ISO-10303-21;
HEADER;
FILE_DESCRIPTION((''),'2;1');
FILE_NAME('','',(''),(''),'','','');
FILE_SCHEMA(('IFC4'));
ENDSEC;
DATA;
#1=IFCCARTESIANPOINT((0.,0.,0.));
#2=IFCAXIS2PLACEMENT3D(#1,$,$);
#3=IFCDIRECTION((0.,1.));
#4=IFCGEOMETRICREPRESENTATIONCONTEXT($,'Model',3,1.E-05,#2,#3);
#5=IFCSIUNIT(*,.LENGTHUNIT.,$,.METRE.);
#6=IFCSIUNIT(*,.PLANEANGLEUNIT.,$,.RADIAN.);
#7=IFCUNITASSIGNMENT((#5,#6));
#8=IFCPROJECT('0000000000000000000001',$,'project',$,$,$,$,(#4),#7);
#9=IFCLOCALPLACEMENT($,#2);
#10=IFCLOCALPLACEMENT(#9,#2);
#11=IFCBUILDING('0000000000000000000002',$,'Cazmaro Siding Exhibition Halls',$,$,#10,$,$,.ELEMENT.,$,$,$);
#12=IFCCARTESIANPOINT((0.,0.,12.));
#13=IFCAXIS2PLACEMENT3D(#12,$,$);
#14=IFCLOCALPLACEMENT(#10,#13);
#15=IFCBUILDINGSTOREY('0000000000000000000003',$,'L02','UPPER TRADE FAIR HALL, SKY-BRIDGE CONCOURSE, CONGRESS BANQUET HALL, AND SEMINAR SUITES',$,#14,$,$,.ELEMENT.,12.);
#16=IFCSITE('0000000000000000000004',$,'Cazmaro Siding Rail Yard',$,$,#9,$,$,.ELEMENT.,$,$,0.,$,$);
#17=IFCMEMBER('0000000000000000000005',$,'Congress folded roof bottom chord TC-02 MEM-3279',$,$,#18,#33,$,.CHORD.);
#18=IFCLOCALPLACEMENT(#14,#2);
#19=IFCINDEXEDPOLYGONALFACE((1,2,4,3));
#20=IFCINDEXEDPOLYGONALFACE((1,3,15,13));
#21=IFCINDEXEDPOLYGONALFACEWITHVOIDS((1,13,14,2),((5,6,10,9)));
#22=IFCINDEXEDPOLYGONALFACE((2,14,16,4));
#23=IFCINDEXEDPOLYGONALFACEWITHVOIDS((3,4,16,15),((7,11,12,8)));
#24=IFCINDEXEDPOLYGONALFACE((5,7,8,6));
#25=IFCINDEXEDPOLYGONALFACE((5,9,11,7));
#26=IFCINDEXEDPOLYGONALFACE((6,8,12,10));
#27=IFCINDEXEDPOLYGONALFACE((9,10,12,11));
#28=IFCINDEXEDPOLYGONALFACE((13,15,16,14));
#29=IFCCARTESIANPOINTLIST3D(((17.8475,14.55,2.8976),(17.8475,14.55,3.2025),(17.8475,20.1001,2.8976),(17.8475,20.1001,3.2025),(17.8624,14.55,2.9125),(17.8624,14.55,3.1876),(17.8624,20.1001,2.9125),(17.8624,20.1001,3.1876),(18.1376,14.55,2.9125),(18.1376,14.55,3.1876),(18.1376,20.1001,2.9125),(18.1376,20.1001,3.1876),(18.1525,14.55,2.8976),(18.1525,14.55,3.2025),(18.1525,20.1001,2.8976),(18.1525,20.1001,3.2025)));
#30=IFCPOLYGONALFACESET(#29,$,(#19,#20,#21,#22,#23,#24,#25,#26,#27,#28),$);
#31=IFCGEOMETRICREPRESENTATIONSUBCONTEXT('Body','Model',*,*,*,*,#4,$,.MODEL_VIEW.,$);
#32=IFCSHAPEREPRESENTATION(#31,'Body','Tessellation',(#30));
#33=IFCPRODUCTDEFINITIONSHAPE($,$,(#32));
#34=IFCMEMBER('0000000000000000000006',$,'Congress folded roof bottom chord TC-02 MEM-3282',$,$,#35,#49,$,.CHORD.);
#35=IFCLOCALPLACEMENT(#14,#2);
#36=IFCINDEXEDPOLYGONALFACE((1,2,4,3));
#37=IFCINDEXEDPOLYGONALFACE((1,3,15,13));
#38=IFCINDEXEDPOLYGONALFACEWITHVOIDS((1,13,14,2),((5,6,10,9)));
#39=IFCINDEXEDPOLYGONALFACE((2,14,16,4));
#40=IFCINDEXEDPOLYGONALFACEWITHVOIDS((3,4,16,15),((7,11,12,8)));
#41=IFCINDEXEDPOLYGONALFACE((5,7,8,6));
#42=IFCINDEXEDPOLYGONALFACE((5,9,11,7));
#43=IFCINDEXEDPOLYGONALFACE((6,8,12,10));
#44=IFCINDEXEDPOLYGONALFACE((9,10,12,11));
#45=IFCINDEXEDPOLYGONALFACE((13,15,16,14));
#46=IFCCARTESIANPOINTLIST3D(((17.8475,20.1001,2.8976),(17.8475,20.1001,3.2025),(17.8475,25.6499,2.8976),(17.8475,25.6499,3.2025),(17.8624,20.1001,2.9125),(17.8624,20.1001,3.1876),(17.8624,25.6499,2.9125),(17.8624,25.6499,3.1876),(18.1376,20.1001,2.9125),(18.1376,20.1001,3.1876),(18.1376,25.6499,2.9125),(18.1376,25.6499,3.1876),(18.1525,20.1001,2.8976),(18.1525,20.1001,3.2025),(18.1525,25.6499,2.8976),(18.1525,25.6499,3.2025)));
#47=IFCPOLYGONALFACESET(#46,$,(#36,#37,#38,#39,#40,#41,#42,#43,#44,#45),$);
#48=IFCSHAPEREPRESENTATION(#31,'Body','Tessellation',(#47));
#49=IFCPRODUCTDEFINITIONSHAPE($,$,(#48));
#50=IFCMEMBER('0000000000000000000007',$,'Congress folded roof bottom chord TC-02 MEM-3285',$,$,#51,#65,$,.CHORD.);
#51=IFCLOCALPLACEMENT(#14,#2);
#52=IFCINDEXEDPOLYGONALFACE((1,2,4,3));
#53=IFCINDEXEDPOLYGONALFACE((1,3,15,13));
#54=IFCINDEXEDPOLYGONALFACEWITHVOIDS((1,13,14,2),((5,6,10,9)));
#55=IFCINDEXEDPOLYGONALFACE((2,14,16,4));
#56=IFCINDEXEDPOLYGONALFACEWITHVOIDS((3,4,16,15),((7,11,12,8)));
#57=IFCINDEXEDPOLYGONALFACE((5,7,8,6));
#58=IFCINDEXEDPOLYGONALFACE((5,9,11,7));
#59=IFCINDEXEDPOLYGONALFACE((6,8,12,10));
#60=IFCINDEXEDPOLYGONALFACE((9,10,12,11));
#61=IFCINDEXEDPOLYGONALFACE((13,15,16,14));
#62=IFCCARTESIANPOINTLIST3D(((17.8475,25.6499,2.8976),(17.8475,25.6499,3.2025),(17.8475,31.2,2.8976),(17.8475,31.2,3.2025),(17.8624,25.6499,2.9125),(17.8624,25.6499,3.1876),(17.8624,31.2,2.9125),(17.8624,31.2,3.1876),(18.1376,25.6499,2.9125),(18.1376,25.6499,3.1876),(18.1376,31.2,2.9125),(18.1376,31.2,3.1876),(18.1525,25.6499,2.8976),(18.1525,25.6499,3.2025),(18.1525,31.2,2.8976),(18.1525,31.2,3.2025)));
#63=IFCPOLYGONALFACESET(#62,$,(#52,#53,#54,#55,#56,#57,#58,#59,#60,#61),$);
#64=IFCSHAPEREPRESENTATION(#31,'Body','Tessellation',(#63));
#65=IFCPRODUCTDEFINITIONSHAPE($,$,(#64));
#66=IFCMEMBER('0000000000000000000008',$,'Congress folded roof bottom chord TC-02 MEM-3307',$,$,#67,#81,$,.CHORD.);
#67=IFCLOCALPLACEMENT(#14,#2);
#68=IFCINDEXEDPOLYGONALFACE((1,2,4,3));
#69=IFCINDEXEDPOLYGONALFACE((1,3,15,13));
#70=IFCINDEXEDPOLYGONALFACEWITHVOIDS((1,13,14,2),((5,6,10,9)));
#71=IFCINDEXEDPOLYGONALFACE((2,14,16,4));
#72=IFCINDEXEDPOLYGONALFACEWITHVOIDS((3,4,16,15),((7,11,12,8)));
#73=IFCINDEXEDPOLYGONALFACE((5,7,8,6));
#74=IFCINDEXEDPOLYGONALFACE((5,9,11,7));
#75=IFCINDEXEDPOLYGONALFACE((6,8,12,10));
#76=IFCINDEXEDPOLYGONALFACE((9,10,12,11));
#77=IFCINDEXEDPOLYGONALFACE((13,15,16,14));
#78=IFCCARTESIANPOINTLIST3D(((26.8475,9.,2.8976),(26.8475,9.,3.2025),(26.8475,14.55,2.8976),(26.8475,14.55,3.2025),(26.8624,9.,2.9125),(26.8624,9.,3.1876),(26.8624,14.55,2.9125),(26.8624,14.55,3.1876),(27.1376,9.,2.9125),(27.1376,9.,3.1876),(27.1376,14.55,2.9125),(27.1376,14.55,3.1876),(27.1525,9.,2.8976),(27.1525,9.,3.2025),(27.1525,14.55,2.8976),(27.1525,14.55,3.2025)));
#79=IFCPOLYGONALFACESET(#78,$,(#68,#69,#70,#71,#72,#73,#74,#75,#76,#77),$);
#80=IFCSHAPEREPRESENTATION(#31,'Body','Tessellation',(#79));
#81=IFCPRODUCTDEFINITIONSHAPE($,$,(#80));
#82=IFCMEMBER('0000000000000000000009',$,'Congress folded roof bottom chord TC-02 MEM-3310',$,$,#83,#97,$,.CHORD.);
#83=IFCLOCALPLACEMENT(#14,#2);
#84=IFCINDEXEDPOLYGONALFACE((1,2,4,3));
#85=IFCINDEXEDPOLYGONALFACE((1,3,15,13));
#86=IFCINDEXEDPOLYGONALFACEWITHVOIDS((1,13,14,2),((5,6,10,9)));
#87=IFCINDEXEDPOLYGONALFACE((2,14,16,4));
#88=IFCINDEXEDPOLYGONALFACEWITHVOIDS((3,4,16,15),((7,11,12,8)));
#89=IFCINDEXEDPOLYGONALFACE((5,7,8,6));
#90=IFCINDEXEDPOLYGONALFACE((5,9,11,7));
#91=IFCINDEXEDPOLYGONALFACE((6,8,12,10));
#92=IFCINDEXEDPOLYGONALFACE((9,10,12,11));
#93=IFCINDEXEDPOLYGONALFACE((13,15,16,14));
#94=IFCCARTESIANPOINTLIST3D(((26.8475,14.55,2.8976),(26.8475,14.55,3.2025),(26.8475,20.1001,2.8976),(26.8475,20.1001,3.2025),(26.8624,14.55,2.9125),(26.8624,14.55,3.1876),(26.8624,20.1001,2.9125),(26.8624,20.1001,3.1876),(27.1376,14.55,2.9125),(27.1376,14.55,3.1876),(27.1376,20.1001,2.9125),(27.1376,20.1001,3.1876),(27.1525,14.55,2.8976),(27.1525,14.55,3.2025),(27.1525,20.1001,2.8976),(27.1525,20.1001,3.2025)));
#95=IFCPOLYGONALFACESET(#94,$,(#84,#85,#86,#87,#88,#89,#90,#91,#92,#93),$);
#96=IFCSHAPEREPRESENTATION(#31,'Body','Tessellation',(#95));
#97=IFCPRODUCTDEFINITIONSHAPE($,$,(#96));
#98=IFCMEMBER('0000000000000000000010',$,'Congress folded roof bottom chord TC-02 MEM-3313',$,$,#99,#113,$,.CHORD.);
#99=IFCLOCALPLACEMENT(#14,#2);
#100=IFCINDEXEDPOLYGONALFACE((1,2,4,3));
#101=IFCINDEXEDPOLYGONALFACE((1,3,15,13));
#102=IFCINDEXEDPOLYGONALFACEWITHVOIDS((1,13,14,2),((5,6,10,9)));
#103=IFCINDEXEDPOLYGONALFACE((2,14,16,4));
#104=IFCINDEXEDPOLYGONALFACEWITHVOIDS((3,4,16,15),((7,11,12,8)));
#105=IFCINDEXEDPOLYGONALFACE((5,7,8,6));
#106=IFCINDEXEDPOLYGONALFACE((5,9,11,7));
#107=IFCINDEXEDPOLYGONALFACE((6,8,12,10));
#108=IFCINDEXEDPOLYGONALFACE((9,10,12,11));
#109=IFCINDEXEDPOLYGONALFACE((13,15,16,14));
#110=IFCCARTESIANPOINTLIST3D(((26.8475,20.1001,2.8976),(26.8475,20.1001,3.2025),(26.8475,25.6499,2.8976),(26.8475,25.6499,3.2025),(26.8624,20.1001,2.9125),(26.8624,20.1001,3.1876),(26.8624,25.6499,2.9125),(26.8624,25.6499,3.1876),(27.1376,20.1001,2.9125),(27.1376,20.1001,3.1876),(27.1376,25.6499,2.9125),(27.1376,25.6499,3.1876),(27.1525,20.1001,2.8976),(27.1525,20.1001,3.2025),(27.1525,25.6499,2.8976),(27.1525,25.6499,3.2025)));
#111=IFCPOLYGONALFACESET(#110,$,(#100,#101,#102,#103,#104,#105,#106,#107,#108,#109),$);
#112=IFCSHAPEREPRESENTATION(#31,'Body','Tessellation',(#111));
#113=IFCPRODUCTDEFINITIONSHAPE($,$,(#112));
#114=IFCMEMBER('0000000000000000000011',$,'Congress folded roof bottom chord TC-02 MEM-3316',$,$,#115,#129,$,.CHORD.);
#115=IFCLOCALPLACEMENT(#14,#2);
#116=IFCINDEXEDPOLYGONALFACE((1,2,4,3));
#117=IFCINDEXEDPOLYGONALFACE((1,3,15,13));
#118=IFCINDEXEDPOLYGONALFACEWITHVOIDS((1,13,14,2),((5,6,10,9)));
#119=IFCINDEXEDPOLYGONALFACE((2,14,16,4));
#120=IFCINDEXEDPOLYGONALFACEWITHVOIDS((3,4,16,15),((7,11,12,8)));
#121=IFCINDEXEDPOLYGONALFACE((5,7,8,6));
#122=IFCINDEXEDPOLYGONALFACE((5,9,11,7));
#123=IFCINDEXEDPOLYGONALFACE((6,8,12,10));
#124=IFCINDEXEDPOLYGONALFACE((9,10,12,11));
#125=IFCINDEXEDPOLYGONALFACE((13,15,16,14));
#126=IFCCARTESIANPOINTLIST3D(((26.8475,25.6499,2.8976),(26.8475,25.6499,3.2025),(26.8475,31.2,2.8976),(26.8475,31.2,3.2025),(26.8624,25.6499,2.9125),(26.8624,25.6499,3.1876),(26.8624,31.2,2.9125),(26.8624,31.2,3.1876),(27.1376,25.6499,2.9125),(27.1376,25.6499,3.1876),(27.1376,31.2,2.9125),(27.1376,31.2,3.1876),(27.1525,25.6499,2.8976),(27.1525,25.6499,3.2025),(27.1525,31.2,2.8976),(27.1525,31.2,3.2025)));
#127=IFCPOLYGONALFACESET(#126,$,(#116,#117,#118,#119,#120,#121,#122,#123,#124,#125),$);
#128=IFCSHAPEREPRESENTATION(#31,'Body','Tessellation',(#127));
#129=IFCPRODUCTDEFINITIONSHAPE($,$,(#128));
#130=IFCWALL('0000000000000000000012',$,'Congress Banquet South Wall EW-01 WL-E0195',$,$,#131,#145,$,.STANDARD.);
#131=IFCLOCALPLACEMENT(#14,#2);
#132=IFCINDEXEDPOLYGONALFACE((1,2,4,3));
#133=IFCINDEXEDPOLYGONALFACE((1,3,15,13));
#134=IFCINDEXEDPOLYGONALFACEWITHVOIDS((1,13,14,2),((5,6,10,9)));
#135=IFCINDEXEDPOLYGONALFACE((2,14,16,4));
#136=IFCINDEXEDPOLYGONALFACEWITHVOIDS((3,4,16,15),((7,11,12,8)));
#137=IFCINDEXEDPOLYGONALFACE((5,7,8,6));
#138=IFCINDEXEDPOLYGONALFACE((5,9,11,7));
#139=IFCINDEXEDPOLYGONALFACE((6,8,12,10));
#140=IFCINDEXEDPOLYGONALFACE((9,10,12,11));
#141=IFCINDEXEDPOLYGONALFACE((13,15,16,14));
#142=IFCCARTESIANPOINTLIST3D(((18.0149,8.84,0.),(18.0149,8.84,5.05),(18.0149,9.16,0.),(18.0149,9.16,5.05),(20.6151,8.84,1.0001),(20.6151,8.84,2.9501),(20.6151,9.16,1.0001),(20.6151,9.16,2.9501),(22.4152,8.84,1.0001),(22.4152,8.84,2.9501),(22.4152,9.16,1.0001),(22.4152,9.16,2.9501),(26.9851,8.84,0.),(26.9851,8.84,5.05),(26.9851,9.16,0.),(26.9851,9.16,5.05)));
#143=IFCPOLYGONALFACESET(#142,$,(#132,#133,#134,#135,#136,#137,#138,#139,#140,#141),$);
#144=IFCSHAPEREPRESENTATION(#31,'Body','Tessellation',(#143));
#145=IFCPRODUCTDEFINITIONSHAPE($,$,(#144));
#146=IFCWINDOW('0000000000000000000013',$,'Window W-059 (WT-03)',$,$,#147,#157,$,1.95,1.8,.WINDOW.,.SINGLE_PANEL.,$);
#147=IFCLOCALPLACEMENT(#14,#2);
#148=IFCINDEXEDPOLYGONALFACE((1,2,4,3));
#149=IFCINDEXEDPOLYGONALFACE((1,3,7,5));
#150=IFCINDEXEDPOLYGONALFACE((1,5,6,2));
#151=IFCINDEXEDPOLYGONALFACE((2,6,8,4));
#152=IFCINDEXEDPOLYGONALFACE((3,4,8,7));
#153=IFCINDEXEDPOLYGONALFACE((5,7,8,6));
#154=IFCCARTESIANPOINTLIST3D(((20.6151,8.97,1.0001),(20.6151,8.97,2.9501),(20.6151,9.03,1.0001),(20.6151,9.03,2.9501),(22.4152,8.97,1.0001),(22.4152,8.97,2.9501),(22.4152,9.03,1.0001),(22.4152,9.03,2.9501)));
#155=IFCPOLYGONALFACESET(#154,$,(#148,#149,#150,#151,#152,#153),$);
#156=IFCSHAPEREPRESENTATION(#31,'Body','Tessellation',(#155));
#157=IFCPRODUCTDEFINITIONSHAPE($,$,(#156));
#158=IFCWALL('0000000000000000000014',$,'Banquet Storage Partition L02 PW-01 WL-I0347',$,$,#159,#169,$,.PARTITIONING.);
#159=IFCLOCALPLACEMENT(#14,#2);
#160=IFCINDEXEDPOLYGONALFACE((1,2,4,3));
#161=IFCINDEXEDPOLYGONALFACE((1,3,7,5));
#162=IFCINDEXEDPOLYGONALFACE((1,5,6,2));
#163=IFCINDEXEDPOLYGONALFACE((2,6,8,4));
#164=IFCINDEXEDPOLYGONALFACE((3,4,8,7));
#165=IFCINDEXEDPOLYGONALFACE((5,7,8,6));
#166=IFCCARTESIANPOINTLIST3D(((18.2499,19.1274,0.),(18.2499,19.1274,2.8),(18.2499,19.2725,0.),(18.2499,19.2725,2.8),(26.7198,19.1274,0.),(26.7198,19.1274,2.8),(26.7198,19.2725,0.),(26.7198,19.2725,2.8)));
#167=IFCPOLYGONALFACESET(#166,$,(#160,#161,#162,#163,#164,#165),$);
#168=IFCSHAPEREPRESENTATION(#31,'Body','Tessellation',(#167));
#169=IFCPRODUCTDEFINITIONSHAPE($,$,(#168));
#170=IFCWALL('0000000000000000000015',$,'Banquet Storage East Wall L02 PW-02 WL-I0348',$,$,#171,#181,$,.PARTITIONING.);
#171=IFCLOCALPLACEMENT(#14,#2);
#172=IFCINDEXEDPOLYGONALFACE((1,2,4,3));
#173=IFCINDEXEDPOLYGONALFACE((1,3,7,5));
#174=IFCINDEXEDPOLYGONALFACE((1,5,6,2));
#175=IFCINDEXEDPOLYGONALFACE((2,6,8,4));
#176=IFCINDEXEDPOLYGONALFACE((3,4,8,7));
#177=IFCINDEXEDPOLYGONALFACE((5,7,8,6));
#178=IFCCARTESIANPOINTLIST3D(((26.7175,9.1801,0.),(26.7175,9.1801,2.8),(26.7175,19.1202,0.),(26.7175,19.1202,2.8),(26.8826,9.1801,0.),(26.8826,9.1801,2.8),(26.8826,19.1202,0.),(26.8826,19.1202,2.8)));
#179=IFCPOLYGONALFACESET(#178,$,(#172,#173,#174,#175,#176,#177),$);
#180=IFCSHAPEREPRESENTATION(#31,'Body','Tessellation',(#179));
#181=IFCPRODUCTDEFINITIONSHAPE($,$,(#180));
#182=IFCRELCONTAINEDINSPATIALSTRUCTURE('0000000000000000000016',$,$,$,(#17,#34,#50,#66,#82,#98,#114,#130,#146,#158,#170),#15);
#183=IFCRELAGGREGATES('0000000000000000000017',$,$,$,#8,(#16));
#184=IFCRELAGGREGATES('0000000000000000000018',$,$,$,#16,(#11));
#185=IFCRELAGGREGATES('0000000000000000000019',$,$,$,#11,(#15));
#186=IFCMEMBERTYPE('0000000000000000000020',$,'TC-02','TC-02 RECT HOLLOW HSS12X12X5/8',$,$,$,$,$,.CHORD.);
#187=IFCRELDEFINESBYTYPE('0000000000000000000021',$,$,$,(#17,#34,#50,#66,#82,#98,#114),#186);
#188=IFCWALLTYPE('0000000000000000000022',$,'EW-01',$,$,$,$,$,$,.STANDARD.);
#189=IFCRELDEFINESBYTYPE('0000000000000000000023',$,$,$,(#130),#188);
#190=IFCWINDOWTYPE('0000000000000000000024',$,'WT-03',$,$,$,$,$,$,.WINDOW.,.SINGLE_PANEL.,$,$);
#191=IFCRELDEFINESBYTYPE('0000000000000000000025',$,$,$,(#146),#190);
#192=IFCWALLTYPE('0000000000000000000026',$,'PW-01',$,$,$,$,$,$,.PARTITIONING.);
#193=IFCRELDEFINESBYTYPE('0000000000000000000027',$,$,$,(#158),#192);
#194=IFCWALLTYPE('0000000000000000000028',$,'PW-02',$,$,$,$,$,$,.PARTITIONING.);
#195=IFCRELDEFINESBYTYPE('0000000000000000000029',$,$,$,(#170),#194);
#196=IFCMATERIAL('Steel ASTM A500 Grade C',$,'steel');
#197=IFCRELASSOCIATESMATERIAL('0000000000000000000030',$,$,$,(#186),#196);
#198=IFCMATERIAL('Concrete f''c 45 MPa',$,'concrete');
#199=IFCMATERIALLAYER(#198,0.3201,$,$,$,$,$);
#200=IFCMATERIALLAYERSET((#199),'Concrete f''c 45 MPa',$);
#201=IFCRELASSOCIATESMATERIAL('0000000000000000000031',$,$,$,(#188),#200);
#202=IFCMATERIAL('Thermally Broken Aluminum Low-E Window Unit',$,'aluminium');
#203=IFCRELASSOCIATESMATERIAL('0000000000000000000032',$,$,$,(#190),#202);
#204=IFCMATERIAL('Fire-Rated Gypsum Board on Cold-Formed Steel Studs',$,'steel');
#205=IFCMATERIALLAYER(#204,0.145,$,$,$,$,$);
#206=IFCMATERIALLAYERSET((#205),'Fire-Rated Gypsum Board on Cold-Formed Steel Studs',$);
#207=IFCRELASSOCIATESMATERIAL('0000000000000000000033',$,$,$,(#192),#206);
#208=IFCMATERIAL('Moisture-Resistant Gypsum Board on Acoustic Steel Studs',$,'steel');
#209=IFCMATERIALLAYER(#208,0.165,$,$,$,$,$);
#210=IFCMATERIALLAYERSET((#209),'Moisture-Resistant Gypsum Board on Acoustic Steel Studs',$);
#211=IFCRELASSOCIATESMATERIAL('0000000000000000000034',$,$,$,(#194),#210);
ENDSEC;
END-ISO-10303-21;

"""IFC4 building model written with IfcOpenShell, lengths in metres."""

from ifc_helpers import new_model, si_unit, direction, frame, frame_2d, origin, origin_2d, place, context, subcontext, project, spatial, rectangle, hollow_rectangle, extrude, material, layer, layer_set, material_profile, profile_set, type_object, element, fill, save


model = new_model("IFC4")

# Units and contexts
model_context = context("Model", 3, precision=1e-05, world=origin(), true_north=direction((0.0, 1.0)))
body_context = subcontext(model_context, "Body", "Model", "MODEL_VIEW")
ifc_project = project(units=[si_unit("LENGTHUNIT", "METRE"), si_unit("PLANEANGLEUNIT", "RADIAN")], contexts=[model_context])

# Site, building, storey
site_placement = place(None, origin())
site = spatial("IfcSite", under=ifc_project, at=site_placement, Name="Cazmaro Siding Rail Yard", CompositionType="ELEMENT", RefElevation=0.0)
building_placement = place(site_placement, origin())
building = spatial("IfcBuilding", under=site, at=building_placement, Name="Cazmaro Siding Exhibition Halls", CompositionType="ELEMENT")
storey_placement = place(building_placement, frame((0.0, 0.0, 12.0)))
storey = spatial("IfcBuildingStorey", under=building, at=storey_placement, Name="L02", Description="UPPER TRADE FAIR HALL, SKY-BRIDGE CONCOURSE, CONGRESS BANQUET HALL, AND SEMINAR SUITES", CompositionType="ELEMENT", Elevation=12.0)

# Members
ifc_material_1 = material(Name="Steel ASTM A500 Grade C", Category="steel")
ifc_material_profile_1 = material_profile(ifc_material_1, hollow_rectangle(XDim=0.3049, YDim=0.3049, WallThickness=0.0149, at=origin_2d()), Name="HSS12X12X5/8")
ifc_profile_set_1 = profile_set([ifc_material_profile_1], Name="Steel ASTM A500 Grade C")
member_type = type_object("IfcMemberType", Name="TC-02", Description="TC-02 RECT HOLLOW HSS12X12X5/8", PredefinedType="CHORD", material=ifc_profile_set_1)
member_1_placement = place(storey_placement, frame((18.0, 14.55, 3.05), z_axis=(0.0, 1.0, 0.0), x_axis=(-1.0, 0.0, 0.0)))
element("IfcMember", 1, at=member_1_placement, inside=storey, type_object=member_type, Name="Congress folded roof bottom chord TC-02 MEM-3279", PredefinedType="CHORD", context=body_context, shape_type="SweptSolid", body=[
    extrude(hollow_rectangle(XDim=0.3049, YDim=0.3049, WallThickness=0.0149, at=origin_2d()), origin(), (0.0, 0.0, 1.0), 5.55),
])
member_2_placement = place(storey_placement, frame((18.0, 20.1001, 3.05), z_axis=(0.0, 1.0, 0.0), x_axis=(-1.0, 0.0, 0.0)))
element("IfcMember", 2, at=member_2_placement, inside=storey, type_object=member_type, Name="Congress folded roof bottom chord TC-02 MEM-3282", PredefinedType="CHORD", context=body_context, shape_type="SweptSolid", body=[
    extrude(hollow_rectangle(XDim=0.3049, YDim=0.3049, WallThickness=0.0149, at=origin_2d()), origin(), (0.0, 0.0, 1.0), 5.5498),
])
for number, where, z_axis, x_axis, name in (
    (3, (18.0, 25.6499, 3.05), (0.0, 1.0, 0.0), (-1.0, 0.0, 0.0), "Congress folded roof bottom chord TC-02 MEM-3285"),
    (4, (27.0, 9.0, 3.05), (0.0, 1.0, 0.0), (-1.0, 0.0, 0.0), "Congress folded roof bottom chord TC-02 MEM-3307"),
    (5, (27.0, 14.55, 3.05), (0.0, 1.0, 0.0), (-1.0, 0.0, 0.0), "Congress folded roof bottom chord TC-02 MEM-3310"),
):
    element("IfcMember", number, at=place(storey_placement, frame(where, z_axis=z_axis, x_axis=x_axis)), inside=storey, type_object=member_type, Name=name, PredefinedType="CHORD", context=body_context, shape_type="SweptSolid", body=[
        extrude(hollow_rectangle(XDim=0.3049, YDim=0.3049, WallThickness=0.0149, at=origin_2d()), origin(), (0.0, 0.0, 1.0), 5.55),
    ])
member_3_placement = place(storey_placement, frame((27.0, 20.1001, 3.05), z_axis=(0.0, 1.0, 0.0), x_axis=(-1.0, 0.0, 0.0)))
element("IfcMember", 6, at=member_3_placement, inside=storey, type_object=member_type, Name="Congress folded roof bottom chord TC-02 MEM-3313", PredefinedType="CHORD", context=body_context, shape_type="SweptSolid", body=[
    extrude(hollow_rectangle(XDim=0.3049, YDim=0.3049, WallThickness=0.0149, at=origin_2d()), origin(), (0.0, 0.0, 1.0), 5.5498),
])
member_4_placement = place(storey_placement, frame((27.0, 25.6499, 3.05), z_axis=(0.0, 1.0, 0.0), x_axis=(-1.0, 0.0, 0.0)))
element("IfcMember", 7, at=member_4_placement, inside=storey, type_object=member_type, Name="Congress folded roof bottom chord TC-02 MEM-3316", PredefinedType="CHORD", context=body_context, shape_type="SweptSolid", body=[
    extrude(hollow_rectangle(XDim=0.3049, YDim=0.3049, WallThickness=0.0149, at=origin_2d()), origin(), (0.0, 0.0, 1.0), 5.55),
])

# Wall, opening, window
ifc_material_2 = material(Name="Concrete f'c 45 MPa", Category="concrete")
ifc_layer_1 = layer(ifc_material_2, 0.3201)
ifc_layer_set_1 = layer_set([ifc_layer_1], Name="Concrete f'c 45 MPa")
wall_type_1 = type_object("IfcWallType", Name="EW-01", PredefinedType="STANDARD", material=ifc_layer_set_1)
wall_1_placement = place(storey_placement, frame((26.9851, 9.0, 0.0), z_axis=(0.0, 0.0, 1.0), x_axis=(-1.0, 0.0, 0.0)))
wall_1 = element("IfcWall", 8, at=wall_1_placement, inside=storey, type_object=wall_type_1, Name="Congress Banquet South Wall EW-01 WL-E0195", PredefinedType="STANDARD", context=body_context, shape_type="SweptSolid", body=[
    extrude(rectangle(XDim=8.9702, YDim=0.3201, at=frame_2d((4.4851, 0.0))), origin(), (0.0, 0.0, 1.0), 5.05),
])
opening_placement = place(wall_1_placement, frame((4.5701, 0.0, 1.0)))
opening = element("IfcOpeningElement", 9, at=opening_placement, cuts=wall_1, PredefinedType="OPENING", context=body_context, shape_type="SweptSolid", body=[
    extrude(rectangle(XDim=1.8, YDim=1.95, at=frame_2d((0.8999, 0.9751))), frame((0.0, 0.1699, 0.0), z_axis=(0.0, -1.0, 0.0), x_axis=(1.0, 0.0, 0.0)), (0.0, 0.0, 1.0), 0.3401),
])
ifc_material_3 = material(Name="Thermally Broken Aluminum Low-E Window Unit", Category="aluminium")
window_type = type_object("IfcWindowType", Name="WT-03", PartitioningType="SINGLE_PANEL", PredefinedType="WINDOW", material=ifc_material_3)
window_placement = place(opening_placement, origin())
window = element("IfcWindow", 10, at=window_placement, inside=storey, type_object=window_type, Name="Window W-059 (WT-03)", OverallHeight=1.95, OverallWidth=1.8, PartitioningType="SINGLE_PANEL", PredefinedType="WINDOW", context=body_context, shape_type="SweptSolid", body=[
    extrude(rectangle(XDim=1.8, YDim=1.95, at=frame_2d((0.8999, 0.9751))), frame((0.0, 0.03, 0.0), z_axis=(0.0, -1.0, 0.0), x_axis=(1.0, 0.0, 0.0)), (0.0, 0.0, 1.0), 0.0601),
])
fill(opening, window)

# Walls
ifc_material_4 = material(Name="Fire-Rated Gypsum Board on Cold-Formed Steel Studs", Category="steel")
ifc_layer_2 = layer(ifc_material_4, 0.145)
ifc_layer_set_2 = layer_set([ifc_layer_2], Name="Fire-Rated Gypsum Board on Cold-Formed Steel Studs")
wall_type_2 = type_object("IfcWallType", Name="PW-01", PredefinedType="PARTITIONING", material=ifc_layer_set_2)
wall_2_placement = place(storey_placement, frame((18.25, 19.2, 0.0), z_axis=(0.0, 0.0, 1.0), x_axis=(1.0, 0.0, 0.0)))
element("IfcWall", 11, at=wall_2_placement, inside=storey, type_object=wall_type_2, Name="Banquet Storage Partition L02 PW-01 WL-I0347", PredefinedType="PARTITIONING", context=body_context, shape_type="SweptSolid", body=[
    extrude(rectangle(XDim=8.47, YDim=0.145, at=frame_2d((4.2349, 0.0))), origin(), (0.0, 0.0, 1.0), 2.8),
])
ifc_material_5 = material(Name="Moisture-Resistant Gypsum Board on Acoustic Steel Studs", Category="steel")
ifc_layer_3 = layer(ifc_material_5, 0.165)
ifc_layer_set_3 = layer_set([ifc_layer_3], Name="Moisture-Resistant Gypsum Board on Acoustic Steel Studs")
wall_type_3 = type_object("IfcWallType", Name="PW-02", PredefinedType="PARTITIONING", material=ifc_layer_set_3)
wall_3_placement = place(storey_placement, frame((26.8, 9.1799, 0.0), z_axis=(0.0, 0.0, 1.0), x_axis=(0.0, 1.0, 0.0)))
element("IfcWall", 12, at=wall_3_placement, inside=storey, type_object=wall_type_3, Name="Banquet Storage East Wall L02 PW-02 WL-I0348", PredefinedType="PARTITIONING", context=body_context, shape_type="SweptSolid", body=[
    extrude(rectangle(XDim=9.9402, YDim=0.165, at=frame_2d((4.9702, 0.0))), origin(), (0.0, 0.0, 1.0), 2.8),
])

save(model, "model.ifc")
